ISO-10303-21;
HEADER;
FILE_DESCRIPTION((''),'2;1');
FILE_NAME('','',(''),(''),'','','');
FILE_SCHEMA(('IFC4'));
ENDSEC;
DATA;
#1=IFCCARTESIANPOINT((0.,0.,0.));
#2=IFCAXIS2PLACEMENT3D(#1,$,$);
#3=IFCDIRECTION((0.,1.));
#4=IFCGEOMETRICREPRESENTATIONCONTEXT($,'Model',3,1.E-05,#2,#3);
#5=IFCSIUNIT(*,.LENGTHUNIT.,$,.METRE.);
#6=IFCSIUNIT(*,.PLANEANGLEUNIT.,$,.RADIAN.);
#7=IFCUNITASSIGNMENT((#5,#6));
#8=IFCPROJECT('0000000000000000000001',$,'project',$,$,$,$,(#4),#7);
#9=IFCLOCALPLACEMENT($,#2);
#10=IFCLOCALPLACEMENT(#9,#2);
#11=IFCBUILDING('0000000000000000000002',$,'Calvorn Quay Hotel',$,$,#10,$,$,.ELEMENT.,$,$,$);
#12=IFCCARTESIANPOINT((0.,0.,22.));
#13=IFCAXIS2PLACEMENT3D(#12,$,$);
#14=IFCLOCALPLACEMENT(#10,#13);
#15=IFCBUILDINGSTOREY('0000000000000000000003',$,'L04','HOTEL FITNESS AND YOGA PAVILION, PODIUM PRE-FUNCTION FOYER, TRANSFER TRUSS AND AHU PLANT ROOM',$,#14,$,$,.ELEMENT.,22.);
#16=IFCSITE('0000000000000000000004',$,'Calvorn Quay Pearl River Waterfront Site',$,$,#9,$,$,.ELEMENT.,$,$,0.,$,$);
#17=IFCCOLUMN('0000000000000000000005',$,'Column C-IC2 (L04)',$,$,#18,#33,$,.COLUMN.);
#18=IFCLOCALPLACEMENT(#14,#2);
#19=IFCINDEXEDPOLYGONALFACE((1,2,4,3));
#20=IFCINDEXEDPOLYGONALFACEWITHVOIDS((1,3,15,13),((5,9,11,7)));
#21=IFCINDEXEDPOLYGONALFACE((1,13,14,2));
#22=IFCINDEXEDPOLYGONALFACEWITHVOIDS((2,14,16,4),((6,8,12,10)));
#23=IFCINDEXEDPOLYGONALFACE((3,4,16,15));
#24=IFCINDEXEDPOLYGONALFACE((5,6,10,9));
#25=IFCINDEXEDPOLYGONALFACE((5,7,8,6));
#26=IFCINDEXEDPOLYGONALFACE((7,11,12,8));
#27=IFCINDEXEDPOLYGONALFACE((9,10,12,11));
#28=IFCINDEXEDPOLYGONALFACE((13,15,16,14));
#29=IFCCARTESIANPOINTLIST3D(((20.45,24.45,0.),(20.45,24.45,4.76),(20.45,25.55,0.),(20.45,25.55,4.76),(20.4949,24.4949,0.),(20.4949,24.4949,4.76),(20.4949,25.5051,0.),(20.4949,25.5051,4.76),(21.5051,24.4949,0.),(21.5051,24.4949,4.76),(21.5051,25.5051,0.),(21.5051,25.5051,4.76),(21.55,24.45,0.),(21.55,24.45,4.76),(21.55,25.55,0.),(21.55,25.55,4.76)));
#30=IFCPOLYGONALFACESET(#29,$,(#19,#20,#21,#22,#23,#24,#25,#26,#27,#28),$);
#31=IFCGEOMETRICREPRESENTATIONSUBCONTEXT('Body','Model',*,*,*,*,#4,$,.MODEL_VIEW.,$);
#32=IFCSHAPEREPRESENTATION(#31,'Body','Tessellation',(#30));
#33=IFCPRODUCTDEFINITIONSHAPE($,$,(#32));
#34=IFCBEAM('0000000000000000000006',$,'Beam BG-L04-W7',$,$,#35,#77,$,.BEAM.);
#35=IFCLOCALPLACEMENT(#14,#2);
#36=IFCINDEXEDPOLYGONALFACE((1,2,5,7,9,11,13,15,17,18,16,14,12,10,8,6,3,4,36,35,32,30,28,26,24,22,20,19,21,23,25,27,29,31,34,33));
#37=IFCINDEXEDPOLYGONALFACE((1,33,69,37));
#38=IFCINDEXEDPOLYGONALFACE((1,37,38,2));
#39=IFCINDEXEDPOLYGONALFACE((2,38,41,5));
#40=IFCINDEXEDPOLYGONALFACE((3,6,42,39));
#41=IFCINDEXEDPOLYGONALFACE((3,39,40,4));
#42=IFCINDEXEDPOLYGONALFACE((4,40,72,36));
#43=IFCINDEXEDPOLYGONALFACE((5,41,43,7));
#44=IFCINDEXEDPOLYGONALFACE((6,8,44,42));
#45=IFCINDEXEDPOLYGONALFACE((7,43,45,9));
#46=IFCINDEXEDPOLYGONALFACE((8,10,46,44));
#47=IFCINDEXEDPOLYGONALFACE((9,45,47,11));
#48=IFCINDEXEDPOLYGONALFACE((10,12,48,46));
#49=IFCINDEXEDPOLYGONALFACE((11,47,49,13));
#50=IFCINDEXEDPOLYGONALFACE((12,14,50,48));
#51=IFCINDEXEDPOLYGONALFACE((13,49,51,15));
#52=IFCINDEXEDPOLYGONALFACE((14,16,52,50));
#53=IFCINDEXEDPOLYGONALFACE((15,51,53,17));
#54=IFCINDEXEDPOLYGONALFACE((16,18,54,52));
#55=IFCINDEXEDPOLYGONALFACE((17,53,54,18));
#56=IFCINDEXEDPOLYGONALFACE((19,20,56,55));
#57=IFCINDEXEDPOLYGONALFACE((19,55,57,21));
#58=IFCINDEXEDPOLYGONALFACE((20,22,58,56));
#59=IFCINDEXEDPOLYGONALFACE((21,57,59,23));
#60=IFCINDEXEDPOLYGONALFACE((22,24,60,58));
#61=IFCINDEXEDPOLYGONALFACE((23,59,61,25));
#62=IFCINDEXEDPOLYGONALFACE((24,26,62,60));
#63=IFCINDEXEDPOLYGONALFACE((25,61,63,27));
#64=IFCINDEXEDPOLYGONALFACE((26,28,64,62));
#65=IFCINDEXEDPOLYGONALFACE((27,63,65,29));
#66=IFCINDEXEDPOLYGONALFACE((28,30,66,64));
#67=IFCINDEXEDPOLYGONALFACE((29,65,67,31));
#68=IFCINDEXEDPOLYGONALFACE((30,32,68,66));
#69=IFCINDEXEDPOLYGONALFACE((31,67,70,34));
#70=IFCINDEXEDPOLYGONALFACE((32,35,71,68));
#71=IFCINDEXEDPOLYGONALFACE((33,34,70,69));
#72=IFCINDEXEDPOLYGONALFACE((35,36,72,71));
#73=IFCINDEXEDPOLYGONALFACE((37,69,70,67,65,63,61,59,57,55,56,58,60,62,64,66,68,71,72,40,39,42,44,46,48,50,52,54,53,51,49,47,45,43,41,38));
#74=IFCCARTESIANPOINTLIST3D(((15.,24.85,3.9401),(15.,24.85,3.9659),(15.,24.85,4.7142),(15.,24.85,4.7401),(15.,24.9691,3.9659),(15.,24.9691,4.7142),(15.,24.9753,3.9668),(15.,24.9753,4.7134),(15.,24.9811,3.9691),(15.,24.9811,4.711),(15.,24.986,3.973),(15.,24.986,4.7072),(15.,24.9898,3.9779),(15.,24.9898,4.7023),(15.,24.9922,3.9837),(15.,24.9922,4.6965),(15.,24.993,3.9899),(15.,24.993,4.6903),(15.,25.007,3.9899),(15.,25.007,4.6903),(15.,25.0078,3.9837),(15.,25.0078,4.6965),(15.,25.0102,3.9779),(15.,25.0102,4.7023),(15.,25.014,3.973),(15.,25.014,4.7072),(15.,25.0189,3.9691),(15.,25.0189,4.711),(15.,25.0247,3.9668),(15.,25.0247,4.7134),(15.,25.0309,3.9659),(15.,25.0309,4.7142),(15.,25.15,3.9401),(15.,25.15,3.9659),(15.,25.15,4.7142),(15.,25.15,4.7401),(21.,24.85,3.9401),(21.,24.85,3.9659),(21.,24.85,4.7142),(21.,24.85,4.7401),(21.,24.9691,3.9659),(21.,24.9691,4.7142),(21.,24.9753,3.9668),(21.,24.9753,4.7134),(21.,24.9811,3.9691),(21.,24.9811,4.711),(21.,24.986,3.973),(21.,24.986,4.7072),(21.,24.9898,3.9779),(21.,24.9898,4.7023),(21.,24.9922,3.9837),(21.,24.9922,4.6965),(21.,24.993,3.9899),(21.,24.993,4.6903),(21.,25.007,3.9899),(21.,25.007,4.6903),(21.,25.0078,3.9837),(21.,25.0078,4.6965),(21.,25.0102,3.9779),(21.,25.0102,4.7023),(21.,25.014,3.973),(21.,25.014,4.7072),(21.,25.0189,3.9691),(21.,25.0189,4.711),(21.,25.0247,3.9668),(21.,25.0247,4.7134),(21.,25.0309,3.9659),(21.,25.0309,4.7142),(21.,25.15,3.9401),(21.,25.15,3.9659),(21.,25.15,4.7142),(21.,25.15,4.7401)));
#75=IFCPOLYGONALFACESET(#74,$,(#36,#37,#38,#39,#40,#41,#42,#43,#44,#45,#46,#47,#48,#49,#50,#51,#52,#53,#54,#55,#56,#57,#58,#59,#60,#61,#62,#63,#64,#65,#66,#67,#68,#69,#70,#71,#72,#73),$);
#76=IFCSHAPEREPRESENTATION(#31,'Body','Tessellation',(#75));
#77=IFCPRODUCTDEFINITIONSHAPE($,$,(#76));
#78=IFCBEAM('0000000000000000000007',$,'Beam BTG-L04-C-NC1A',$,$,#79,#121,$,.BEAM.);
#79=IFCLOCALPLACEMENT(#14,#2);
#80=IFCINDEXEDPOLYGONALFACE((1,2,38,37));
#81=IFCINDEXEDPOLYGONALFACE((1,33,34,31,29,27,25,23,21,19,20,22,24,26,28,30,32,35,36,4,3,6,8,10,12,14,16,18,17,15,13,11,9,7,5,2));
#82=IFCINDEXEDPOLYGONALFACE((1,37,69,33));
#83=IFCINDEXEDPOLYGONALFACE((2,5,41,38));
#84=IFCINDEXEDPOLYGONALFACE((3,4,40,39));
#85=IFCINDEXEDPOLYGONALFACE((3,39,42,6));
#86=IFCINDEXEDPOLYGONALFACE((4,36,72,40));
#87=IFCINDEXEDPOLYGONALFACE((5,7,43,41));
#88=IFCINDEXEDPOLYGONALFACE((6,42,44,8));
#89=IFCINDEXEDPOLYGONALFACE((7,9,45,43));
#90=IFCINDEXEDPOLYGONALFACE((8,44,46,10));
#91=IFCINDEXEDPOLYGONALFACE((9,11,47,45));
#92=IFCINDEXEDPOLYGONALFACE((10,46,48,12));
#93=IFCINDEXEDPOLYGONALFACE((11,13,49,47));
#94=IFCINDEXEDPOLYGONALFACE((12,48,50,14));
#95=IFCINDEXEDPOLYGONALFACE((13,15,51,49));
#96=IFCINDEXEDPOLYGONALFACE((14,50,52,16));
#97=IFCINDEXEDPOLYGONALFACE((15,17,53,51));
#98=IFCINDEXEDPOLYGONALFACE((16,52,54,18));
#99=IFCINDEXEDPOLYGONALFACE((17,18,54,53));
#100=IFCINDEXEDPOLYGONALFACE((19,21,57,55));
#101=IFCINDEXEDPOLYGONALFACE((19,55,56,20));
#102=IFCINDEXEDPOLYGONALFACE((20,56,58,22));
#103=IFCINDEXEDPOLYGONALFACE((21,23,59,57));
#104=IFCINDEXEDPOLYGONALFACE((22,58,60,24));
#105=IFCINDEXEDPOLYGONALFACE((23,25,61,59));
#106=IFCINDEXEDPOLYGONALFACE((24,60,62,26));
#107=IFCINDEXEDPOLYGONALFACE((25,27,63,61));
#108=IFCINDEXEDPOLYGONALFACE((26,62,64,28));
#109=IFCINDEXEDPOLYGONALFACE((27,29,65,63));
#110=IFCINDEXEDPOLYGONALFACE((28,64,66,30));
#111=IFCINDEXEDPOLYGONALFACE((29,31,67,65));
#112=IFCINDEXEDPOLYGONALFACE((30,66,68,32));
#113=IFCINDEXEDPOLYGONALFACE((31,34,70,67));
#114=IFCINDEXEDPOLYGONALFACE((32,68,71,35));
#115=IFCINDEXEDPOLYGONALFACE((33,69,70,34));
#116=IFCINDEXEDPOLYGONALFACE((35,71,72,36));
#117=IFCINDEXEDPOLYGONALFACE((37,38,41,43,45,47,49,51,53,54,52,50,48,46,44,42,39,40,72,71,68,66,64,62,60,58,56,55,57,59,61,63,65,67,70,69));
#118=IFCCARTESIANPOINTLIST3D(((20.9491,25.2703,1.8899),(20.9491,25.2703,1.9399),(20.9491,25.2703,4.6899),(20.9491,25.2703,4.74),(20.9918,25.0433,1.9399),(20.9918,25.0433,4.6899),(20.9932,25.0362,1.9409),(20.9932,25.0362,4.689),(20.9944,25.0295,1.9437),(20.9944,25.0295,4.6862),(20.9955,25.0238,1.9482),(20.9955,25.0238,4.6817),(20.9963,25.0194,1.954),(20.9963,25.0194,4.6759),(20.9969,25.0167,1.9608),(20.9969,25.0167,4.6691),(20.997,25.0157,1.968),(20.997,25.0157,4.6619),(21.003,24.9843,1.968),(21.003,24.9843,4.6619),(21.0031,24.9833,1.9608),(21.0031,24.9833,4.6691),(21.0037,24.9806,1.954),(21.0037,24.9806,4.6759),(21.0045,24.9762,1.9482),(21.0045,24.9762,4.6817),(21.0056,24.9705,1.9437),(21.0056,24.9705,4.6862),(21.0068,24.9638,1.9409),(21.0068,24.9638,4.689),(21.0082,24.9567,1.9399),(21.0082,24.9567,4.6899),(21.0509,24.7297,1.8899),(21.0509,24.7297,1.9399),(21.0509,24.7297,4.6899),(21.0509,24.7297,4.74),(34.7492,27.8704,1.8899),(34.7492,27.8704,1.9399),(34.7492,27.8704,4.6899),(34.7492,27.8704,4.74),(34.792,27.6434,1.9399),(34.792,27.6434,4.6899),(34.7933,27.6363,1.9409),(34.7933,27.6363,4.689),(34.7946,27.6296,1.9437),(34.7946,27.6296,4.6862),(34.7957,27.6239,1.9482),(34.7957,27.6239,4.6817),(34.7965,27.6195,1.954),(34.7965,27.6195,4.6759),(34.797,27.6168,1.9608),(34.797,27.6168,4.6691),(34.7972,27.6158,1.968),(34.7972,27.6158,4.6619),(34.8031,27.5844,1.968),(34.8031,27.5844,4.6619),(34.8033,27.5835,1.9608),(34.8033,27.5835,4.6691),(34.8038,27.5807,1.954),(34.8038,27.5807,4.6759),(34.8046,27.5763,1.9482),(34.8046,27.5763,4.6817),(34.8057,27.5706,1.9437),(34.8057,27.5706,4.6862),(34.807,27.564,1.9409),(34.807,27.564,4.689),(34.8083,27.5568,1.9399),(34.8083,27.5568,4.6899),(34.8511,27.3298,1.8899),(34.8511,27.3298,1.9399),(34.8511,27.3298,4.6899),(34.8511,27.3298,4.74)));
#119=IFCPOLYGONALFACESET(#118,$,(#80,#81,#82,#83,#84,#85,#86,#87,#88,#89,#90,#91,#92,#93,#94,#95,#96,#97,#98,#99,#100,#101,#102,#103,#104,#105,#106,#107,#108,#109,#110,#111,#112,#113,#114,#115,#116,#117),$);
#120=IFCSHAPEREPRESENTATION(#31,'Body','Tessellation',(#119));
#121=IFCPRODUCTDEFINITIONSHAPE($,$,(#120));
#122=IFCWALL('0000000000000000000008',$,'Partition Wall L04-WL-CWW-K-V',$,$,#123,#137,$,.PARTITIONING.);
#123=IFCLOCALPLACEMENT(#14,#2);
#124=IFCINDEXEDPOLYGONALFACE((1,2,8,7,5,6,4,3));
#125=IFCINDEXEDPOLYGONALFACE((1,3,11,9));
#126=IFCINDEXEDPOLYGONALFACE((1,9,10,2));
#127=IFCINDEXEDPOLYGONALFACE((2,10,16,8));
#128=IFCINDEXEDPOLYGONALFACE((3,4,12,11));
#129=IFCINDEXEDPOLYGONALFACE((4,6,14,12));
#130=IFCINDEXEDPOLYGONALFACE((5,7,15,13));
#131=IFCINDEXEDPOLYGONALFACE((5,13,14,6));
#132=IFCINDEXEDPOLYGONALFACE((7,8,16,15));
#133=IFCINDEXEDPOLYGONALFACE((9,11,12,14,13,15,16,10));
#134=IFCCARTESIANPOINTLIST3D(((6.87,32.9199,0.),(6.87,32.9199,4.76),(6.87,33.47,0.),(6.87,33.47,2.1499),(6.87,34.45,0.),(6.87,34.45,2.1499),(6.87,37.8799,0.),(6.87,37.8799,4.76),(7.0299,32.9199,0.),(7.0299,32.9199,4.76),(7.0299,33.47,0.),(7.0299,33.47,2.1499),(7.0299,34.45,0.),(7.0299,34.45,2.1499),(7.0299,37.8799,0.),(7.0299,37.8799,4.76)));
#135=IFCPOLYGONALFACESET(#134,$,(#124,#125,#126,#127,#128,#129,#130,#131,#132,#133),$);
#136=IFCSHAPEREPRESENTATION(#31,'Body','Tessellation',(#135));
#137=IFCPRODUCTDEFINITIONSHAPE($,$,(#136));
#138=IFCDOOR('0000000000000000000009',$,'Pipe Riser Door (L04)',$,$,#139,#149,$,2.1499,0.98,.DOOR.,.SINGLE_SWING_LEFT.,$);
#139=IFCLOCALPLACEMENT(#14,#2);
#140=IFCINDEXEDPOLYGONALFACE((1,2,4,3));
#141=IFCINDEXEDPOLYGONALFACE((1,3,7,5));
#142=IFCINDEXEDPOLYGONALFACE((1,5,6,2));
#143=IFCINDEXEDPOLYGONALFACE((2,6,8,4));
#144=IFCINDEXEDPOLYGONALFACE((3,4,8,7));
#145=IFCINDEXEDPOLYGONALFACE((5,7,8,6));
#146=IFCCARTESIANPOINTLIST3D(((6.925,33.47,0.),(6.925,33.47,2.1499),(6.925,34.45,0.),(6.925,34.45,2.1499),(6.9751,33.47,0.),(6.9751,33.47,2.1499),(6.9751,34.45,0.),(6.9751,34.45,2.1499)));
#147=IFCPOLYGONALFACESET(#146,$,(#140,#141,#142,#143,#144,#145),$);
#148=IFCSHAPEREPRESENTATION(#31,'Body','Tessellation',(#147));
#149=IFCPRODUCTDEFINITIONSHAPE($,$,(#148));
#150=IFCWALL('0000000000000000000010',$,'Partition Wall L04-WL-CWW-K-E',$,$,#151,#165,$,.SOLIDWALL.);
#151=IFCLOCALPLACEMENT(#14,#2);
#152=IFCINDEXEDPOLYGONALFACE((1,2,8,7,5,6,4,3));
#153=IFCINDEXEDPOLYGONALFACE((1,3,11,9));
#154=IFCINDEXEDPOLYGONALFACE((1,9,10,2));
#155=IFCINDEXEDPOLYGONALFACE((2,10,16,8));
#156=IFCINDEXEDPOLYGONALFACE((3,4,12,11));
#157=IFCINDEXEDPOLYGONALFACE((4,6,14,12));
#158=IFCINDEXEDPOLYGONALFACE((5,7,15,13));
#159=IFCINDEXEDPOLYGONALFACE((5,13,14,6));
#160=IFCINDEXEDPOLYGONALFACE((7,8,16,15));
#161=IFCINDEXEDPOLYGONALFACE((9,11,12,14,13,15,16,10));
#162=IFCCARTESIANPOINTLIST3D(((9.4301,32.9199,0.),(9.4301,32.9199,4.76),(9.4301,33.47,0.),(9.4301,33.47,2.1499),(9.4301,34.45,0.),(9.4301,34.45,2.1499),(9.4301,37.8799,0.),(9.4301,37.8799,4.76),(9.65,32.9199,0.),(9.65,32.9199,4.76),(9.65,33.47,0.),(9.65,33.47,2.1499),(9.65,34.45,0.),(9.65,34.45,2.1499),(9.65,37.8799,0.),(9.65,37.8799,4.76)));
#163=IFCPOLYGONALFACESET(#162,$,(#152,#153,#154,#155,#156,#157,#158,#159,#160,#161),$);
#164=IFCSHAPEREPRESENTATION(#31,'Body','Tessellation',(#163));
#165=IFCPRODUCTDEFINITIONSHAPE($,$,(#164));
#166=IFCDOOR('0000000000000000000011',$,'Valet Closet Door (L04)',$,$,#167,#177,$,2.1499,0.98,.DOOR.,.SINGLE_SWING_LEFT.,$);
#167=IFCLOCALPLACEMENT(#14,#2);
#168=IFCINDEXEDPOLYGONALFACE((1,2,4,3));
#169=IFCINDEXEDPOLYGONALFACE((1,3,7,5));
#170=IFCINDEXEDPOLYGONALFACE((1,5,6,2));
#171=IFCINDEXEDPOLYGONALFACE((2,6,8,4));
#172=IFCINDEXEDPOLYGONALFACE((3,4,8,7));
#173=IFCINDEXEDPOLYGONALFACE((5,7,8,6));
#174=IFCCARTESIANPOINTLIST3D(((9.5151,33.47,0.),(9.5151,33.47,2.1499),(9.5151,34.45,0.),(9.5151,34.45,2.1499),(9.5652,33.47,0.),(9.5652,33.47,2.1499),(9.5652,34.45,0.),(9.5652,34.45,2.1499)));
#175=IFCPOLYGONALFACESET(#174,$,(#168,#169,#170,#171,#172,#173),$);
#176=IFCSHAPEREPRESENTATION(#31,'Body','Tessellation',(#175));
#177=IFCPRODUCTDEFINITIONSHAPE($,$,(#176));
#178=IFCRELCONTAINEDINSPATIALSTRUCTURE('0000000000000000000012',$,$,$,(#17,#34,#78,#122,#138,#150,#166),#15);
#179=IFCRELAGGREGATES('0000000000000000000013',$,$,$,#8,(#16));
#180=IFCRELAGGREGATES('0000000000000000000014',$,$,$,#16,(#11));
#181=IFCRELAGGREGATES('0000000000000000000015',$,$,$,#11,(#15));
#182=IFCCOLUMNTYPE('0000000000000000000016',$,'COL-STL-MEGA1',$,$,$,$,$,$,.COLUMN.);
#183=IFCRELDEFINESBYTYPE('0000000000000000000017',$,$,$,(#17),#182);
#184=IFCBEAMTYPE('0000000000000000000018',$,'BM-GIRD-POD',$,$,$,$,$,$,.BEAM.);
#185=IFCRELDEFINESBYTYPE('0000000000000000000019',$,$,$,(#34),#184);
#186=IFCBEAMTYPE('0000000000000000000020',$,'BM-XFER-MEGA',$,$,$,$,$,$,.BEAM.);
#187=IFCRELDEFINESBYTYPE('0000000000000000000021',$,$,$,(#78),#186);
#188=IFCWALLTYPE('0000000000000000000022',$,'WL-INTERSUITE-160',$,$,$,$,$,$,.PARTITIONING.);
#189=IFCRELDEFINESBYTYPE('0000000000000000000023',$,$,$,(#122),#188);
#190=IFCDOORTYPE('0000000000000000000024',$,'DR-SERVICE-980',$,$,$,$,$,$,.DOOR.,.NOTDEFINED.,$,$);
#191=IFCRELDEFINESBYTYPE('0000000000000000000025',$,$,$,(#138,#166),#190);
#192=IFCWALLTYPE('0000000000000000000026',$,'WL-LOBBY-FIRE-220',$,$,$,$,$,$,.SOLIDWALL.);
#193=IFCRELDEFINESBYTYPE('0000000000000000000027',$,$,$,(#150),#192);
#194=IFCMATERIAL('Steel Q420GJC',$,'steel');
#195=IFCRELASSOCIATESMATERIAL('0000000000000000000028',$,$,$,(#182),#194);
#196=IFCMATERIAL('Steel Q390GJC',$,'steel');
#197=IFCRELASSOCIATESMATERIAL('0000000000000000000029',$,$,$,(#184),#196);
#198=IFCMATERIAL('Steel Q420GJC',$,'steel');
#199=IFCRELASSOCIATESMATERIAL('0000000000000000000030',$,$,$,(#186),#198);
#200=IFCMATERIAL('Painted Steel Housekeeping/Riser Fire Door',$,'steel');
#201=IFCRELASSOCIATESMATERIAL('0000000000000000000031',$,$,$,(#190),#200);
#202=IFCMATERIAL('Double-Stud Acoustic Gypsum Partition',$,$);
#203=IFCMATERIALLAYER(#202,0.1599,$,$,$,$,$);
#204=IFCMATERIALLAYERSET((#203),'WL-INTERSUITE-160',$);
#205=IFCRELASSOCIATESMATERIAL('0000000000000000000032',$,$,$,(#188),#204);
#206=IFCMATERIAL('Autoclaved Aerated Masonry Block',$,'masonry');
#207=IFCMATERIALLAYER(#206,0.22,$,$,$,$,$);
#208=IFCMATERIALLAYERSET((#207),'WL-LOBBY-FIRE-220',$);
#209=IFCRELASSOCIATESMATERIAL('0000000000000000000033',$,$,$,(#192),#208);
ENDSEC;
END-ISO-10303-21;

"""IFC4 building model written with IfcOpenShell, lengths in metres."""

from ifc_helpers import new_model, si_unit, direction, frame, frame_2d, origin, origin_2d, place, context, subcontext, project, spatial, rectangle, hollow_rectangle, i_section, extrude, material, layer, layer_set, material_profile, profile_set, type_object, element, fill, save


model = new_model("IFC4")

# Units and contexts
model_context = context("Model", 3, precision=1e-05, world=origin(), true_north=direction((0.0, 1.0)))
body_context = subcontext(model_context, "Body", "Model", "MODEL_VIEW")
ifc_project = project(units=[si_unit("LENGTHUNIT", "METRE"), si_unit("PLANEANGLEUNIT", "RADIAN")], contexts=[model_context])

# Site, building, storey
site_placement = place(None, origin())
site = spatial("IfcSite", under=ifc_project, at=site_placement, Name="Calvorn Quay Pearl River Waterfront Site", CompositionType="ELEMENT", RefElevation=0.0)
building_placement = place(site_placement, origin())
building = spatial("IfcBuilding", under=site, at=building_placement, Name="Calvorn Quay Hotel", CompositionType="ELEMENT")
storey_placement = place(building_placement, frame((0.0, 0.0, 22.0)))
storey = spatial("IfcBuildingStorey", under=building, at=storey_placement, Name="L04", Description="HOTEL FITNESS AND YOGA PAVILION, PODIUM PRE-FUNCTION FOYER, TRANSFER TRUSS AND AHU PLANT ROOM", CompositionType="ELEMENT", Elevation=22.0)

# Column
ifc_material_1 = material(Name="Steel Q420GJC", Category="steel")
ifc_material_profile_1 = material_profile(ifc_material_1, hollow_rectangle(XDim=1.1001, YDim=1.1001, WallThickness=0.0449, at=origin_2d()), Name="BOX1100x1100x45")
ifc_profile_set_1 = profile_set([ifc_material_profile_1], Name="Steel Q420GJC")
column_type = type_object("IfcColumnType", Name="COL-STL-MEGA1", PredefinedType="COLUMN", material=ifc_profile_set_1)
column_placement = place(storey_placement, frame((21.0, 25.0, 0.0), z_axis=(0.0, 0.0, 1.0), x_axis=(1.0, 0.0, 0.0)))
element("IfcColumn", 1, at=column_placement, inside=storey, type_object=column_type, Name="Column C-IC2 (L04)", PredefinedType="COLUMN", context=body_context, shape_type="SweptSolid", body=[
    extrude(hollow_rectangle(XDim=1.1001, YDim=1.1001, WallThickness=0.0449, at=origin_2d()), origin(), (0.0, 0.0, 1.0), 4.76),
])

# Beams
ifc_material_2 = material(Name="Steel Q390GJC", Category="steel")
ifc_material_profile_2 = material_profile(ifc_material_2, i_section(OverallWidth=0.3, OverallDepth=0.8, WebThickness=0.0139, FlangeThickness=0.0259, FilletRadius=0.0239, at=origin_2d()), Name="HN800x300x14x26")
ifc_profile_set_2 = profile_set([ifc_material_profile_2], Name="Steel Q390GJC")
beam_type_1 = type_object("IfcBeamType", Name="BM-GIRD-POD", PredefinedType="BEAM", material=ifc_profile_set_2)
beam_1_placement = place(storey_placement, frame((21.0, 25.0, 4.3401), z_axis=(-1.0, 0.0, 0.0), x_axis=(0.0, -1.0, 0.0)))
element("IfcBeam", 2, at=beam_1_placement, inside=storey, type_object=beam_type_1, Name="Beam BG-L04-W7", PredefinedType="BEAM", context=body_context, shape_type="SweptSolid", body=[
    extrude(i_section(OverallWidth=0.3, OverallDepth=0.8, WebThickness=0.0139, FlangeThickness=0.0259, FilletRadius=0.0239, at=origin_2d()), origin(), (0.0, 0.0, 1.0), 6.0),
])
ifc_material_3 = material(Name="Steel Q420GJC", Category="steel")
ifc_material_profile_3 = material_profile(ifc_material_3, i_section(OverallWidth=0.55, OverallDepth=2.8501, WebThickness=0.032, FlangeThickness=0.05, FilletRadius=0.0281, at=origin_2d()), Name="HW2850x550x32x50")
ifc_profile_set_3 = profile_set([ifc_material_profile_3], Name="Steel Q420GJC")
beam_type_2 = type_object("IfcBeamType", Name="BM-XFER-MEGA", PredefinedType="BEAM", material=ifc_profile_set_3)
beam_2_placement = place(storey_placement, frame((21.0, 25.0, 3.3149), z_axis=(0.982709, 0.185154, 0.0), x_axis=(-0.185154, 0.982709, 0.0)))
element("IfcBeam", 3, at=beam_2_placement, inside=storey, type_object=beam_type_2, Name="Beam BTG-L04-C-NC1A", PredefinedType="BEAM", context=body_context, shape_type="SweptSolid", body=[
    extrude(i_section(OverallWidth=0.55, OverallDepth=2.8501, WebThickness=0.032, FlangeThickness=0.05, FilletRadius=0.0281, at=origin_2d()), origin(), (0.0, 0.0, 1.0), 14.043),
])

# Walls, openings, doors
ifc_material_4 = material(Name="Painted Steel Housekeeping/Riser Fire Door", Category="steel")
door_type_1 = type_object("IfcDoorType", Name="DR-SERVICE-980", OperationType="NOTDEFINED", PredefinedType="DOOR", material=ifc_material_4)
ifc_material_5 = material(Name="Double-Stud Acoustic Gypsum Partition")
ifc_layer_1 = layer(ifc_material_5, 0.1599)
ifc_layer_set_1 = layer_set([ifc_layer_1], Name="WL-INTERSUITE-160")
wall_type_1 = type_object("IfcWallType", Name="WL-INTERSUITE-160", PredefinedType="PARTITIONING", material=ifc_layer_set_1)
wall_1_placement = place(storey_placement, frame((6.95, 32.9199, 0.0), z_axis=(0.0, 0.0, 1.0), x_axis=(0.0, 1.0, 0.0)))
wall_1 = element("IfcWall", 4, at=wall_1_placement, inside=storey, type_object=wall_type_1, Name="Partition Wall L04-WL-CWW-K-V", PredefinedType="PARTITIONING", context=body_context, shape_type="SweptSolid", body=[
    extrude(rectangle(XDim=4.96, YDim=0.1599, at=frame_2d((2.48, 0.0))), origin(), (0.0, 0.0, 1.0), 4.76),
])
opening_1_placement = place(wall_1_placement, frame((0.55, 0.0, 0.0)))
opening_1 = element("IfcOpeningElement", 5, at=opening_1_placement, cuts=wall_1, PredefinedType="OPENING", context=body_context, shape_type="SweptSolid", body=[
    extrude(rectangle(XDim=0.98, YDim=2.1499, at=frame_2d((0.49, 1.075))), frame((0.0, 0.0898, 0.0), z_axis=(0.0, -1.0, 0.0), x_axis=(1.0, 0.0, 0.0)), (0.0, 0.0, 1.0), 0.1799),
])
door_1_placement = place(opening_1_placement, origin())
door_1 = element("IfcDoor", 6, at=door_1_placement, inside=storey, type_object=door_type_1, Name="Pipe Riser Door (L04)", OperationType="SINGLE_SWING_LEFT", OverallHeight=2.1499, OverallWidth=0.98, PredefinedType="DOOR", context=body_context, shape_type="SweptSolid", body=[
    extrude(rectangle(XDim=0.98, YDim=2.1499, at=frame_2d((0.49, 1.075))), frame((0.0, 0.0249, 0.0), z_axis=(0.0, -1.0, 0.0), x_axis=(1.0, 0.0, 0.0)), (0.0, 0.0, 1.0), 0.05),
])
fill(opening_1, door_1)
ifc_material_6 = material(Name="Autoclaved Aerated Masonry Block", Category="masonry")
ifc_layer_2 = layer(ifc_material_6, 0.22)
ifc_layer_set_2 = layer_set([ifc_layer_2], Name="WL-LOBBY-FIRE-220")
wall_type_2 = type_object("IfcWallType", Name="WL-LOBBY-FIRE-220", PredefinedType="SOLIDWALL", material=ifc_layer_set_2)
wall_2_placement = place(storey_placement, frame((9.54, 32.9199, 0.0), z_axis=(0.0, 0.0, 1.0), x_axis=(0.0, 1.0, 0.0)))
wall_2 = element("IfcWall", 7, at=wall_2_placement, inside=storey, type_object=wall_type_2, Name="Partition Wall L04-WL-CWW-K-E", PredefinedType="SOLIDWALL", context=body_context, shape_type="SweptSolid", body=[
    extrude(rectangle(XDim=4.96, YDim=0.22, at=frame_2d((2.48, 0.0))), origin(), (0.0, 0.0, 1.0), 4.76),
])
opening_2_placement = place(wall_2_placement, frame((0.55, 0.0, 0.0)))
opening_2 = element("IfcOpeningElement", 8, at=opening_2_placement, cuts=wall_2, PredefinedType="OPENING", context=body_context, shape_type="SweptSolid", body=[
    extrude(rectangle(XDim=0.98, YDim=2.1499, at=frame_2d((0.49, 1.075))), frame((0.0, 0.1199, 0.0), z_axis=(0.0, -1.0, 0.0), x_axis=(1.0, 0.0, 0.0)), (0.0, 0.0, 1.0), 0.24),
])
door_2_placement = place(opening_2_placement, origin())
door_2 = element("IfcDoor", 9, at=door_2_placement, inside=storey, type_object=door_type_1, Name="Valet Closet Door (L04)", OperationType="SINGLE_SWING_LEFT", OverallHeight=2.1499, OverallWidth=0.98, PredefinedType="DOOR", context=body_context, shape_type="SweptSolid", body=[
    extrude(rectangle(XDim=0.98, YDim=2.1499, at=frame_2d((0.49, 1.075))), frame((0.0, 0.0249, 0.0), z_axis=(0.0, -1.0, 0.0), x_axis=(1.0, 0.0, 0.0)), (0.0, 0.0, 1.0), 0.05),
])
fill(opening_2, door_2)

save(model, "model.ifc")
